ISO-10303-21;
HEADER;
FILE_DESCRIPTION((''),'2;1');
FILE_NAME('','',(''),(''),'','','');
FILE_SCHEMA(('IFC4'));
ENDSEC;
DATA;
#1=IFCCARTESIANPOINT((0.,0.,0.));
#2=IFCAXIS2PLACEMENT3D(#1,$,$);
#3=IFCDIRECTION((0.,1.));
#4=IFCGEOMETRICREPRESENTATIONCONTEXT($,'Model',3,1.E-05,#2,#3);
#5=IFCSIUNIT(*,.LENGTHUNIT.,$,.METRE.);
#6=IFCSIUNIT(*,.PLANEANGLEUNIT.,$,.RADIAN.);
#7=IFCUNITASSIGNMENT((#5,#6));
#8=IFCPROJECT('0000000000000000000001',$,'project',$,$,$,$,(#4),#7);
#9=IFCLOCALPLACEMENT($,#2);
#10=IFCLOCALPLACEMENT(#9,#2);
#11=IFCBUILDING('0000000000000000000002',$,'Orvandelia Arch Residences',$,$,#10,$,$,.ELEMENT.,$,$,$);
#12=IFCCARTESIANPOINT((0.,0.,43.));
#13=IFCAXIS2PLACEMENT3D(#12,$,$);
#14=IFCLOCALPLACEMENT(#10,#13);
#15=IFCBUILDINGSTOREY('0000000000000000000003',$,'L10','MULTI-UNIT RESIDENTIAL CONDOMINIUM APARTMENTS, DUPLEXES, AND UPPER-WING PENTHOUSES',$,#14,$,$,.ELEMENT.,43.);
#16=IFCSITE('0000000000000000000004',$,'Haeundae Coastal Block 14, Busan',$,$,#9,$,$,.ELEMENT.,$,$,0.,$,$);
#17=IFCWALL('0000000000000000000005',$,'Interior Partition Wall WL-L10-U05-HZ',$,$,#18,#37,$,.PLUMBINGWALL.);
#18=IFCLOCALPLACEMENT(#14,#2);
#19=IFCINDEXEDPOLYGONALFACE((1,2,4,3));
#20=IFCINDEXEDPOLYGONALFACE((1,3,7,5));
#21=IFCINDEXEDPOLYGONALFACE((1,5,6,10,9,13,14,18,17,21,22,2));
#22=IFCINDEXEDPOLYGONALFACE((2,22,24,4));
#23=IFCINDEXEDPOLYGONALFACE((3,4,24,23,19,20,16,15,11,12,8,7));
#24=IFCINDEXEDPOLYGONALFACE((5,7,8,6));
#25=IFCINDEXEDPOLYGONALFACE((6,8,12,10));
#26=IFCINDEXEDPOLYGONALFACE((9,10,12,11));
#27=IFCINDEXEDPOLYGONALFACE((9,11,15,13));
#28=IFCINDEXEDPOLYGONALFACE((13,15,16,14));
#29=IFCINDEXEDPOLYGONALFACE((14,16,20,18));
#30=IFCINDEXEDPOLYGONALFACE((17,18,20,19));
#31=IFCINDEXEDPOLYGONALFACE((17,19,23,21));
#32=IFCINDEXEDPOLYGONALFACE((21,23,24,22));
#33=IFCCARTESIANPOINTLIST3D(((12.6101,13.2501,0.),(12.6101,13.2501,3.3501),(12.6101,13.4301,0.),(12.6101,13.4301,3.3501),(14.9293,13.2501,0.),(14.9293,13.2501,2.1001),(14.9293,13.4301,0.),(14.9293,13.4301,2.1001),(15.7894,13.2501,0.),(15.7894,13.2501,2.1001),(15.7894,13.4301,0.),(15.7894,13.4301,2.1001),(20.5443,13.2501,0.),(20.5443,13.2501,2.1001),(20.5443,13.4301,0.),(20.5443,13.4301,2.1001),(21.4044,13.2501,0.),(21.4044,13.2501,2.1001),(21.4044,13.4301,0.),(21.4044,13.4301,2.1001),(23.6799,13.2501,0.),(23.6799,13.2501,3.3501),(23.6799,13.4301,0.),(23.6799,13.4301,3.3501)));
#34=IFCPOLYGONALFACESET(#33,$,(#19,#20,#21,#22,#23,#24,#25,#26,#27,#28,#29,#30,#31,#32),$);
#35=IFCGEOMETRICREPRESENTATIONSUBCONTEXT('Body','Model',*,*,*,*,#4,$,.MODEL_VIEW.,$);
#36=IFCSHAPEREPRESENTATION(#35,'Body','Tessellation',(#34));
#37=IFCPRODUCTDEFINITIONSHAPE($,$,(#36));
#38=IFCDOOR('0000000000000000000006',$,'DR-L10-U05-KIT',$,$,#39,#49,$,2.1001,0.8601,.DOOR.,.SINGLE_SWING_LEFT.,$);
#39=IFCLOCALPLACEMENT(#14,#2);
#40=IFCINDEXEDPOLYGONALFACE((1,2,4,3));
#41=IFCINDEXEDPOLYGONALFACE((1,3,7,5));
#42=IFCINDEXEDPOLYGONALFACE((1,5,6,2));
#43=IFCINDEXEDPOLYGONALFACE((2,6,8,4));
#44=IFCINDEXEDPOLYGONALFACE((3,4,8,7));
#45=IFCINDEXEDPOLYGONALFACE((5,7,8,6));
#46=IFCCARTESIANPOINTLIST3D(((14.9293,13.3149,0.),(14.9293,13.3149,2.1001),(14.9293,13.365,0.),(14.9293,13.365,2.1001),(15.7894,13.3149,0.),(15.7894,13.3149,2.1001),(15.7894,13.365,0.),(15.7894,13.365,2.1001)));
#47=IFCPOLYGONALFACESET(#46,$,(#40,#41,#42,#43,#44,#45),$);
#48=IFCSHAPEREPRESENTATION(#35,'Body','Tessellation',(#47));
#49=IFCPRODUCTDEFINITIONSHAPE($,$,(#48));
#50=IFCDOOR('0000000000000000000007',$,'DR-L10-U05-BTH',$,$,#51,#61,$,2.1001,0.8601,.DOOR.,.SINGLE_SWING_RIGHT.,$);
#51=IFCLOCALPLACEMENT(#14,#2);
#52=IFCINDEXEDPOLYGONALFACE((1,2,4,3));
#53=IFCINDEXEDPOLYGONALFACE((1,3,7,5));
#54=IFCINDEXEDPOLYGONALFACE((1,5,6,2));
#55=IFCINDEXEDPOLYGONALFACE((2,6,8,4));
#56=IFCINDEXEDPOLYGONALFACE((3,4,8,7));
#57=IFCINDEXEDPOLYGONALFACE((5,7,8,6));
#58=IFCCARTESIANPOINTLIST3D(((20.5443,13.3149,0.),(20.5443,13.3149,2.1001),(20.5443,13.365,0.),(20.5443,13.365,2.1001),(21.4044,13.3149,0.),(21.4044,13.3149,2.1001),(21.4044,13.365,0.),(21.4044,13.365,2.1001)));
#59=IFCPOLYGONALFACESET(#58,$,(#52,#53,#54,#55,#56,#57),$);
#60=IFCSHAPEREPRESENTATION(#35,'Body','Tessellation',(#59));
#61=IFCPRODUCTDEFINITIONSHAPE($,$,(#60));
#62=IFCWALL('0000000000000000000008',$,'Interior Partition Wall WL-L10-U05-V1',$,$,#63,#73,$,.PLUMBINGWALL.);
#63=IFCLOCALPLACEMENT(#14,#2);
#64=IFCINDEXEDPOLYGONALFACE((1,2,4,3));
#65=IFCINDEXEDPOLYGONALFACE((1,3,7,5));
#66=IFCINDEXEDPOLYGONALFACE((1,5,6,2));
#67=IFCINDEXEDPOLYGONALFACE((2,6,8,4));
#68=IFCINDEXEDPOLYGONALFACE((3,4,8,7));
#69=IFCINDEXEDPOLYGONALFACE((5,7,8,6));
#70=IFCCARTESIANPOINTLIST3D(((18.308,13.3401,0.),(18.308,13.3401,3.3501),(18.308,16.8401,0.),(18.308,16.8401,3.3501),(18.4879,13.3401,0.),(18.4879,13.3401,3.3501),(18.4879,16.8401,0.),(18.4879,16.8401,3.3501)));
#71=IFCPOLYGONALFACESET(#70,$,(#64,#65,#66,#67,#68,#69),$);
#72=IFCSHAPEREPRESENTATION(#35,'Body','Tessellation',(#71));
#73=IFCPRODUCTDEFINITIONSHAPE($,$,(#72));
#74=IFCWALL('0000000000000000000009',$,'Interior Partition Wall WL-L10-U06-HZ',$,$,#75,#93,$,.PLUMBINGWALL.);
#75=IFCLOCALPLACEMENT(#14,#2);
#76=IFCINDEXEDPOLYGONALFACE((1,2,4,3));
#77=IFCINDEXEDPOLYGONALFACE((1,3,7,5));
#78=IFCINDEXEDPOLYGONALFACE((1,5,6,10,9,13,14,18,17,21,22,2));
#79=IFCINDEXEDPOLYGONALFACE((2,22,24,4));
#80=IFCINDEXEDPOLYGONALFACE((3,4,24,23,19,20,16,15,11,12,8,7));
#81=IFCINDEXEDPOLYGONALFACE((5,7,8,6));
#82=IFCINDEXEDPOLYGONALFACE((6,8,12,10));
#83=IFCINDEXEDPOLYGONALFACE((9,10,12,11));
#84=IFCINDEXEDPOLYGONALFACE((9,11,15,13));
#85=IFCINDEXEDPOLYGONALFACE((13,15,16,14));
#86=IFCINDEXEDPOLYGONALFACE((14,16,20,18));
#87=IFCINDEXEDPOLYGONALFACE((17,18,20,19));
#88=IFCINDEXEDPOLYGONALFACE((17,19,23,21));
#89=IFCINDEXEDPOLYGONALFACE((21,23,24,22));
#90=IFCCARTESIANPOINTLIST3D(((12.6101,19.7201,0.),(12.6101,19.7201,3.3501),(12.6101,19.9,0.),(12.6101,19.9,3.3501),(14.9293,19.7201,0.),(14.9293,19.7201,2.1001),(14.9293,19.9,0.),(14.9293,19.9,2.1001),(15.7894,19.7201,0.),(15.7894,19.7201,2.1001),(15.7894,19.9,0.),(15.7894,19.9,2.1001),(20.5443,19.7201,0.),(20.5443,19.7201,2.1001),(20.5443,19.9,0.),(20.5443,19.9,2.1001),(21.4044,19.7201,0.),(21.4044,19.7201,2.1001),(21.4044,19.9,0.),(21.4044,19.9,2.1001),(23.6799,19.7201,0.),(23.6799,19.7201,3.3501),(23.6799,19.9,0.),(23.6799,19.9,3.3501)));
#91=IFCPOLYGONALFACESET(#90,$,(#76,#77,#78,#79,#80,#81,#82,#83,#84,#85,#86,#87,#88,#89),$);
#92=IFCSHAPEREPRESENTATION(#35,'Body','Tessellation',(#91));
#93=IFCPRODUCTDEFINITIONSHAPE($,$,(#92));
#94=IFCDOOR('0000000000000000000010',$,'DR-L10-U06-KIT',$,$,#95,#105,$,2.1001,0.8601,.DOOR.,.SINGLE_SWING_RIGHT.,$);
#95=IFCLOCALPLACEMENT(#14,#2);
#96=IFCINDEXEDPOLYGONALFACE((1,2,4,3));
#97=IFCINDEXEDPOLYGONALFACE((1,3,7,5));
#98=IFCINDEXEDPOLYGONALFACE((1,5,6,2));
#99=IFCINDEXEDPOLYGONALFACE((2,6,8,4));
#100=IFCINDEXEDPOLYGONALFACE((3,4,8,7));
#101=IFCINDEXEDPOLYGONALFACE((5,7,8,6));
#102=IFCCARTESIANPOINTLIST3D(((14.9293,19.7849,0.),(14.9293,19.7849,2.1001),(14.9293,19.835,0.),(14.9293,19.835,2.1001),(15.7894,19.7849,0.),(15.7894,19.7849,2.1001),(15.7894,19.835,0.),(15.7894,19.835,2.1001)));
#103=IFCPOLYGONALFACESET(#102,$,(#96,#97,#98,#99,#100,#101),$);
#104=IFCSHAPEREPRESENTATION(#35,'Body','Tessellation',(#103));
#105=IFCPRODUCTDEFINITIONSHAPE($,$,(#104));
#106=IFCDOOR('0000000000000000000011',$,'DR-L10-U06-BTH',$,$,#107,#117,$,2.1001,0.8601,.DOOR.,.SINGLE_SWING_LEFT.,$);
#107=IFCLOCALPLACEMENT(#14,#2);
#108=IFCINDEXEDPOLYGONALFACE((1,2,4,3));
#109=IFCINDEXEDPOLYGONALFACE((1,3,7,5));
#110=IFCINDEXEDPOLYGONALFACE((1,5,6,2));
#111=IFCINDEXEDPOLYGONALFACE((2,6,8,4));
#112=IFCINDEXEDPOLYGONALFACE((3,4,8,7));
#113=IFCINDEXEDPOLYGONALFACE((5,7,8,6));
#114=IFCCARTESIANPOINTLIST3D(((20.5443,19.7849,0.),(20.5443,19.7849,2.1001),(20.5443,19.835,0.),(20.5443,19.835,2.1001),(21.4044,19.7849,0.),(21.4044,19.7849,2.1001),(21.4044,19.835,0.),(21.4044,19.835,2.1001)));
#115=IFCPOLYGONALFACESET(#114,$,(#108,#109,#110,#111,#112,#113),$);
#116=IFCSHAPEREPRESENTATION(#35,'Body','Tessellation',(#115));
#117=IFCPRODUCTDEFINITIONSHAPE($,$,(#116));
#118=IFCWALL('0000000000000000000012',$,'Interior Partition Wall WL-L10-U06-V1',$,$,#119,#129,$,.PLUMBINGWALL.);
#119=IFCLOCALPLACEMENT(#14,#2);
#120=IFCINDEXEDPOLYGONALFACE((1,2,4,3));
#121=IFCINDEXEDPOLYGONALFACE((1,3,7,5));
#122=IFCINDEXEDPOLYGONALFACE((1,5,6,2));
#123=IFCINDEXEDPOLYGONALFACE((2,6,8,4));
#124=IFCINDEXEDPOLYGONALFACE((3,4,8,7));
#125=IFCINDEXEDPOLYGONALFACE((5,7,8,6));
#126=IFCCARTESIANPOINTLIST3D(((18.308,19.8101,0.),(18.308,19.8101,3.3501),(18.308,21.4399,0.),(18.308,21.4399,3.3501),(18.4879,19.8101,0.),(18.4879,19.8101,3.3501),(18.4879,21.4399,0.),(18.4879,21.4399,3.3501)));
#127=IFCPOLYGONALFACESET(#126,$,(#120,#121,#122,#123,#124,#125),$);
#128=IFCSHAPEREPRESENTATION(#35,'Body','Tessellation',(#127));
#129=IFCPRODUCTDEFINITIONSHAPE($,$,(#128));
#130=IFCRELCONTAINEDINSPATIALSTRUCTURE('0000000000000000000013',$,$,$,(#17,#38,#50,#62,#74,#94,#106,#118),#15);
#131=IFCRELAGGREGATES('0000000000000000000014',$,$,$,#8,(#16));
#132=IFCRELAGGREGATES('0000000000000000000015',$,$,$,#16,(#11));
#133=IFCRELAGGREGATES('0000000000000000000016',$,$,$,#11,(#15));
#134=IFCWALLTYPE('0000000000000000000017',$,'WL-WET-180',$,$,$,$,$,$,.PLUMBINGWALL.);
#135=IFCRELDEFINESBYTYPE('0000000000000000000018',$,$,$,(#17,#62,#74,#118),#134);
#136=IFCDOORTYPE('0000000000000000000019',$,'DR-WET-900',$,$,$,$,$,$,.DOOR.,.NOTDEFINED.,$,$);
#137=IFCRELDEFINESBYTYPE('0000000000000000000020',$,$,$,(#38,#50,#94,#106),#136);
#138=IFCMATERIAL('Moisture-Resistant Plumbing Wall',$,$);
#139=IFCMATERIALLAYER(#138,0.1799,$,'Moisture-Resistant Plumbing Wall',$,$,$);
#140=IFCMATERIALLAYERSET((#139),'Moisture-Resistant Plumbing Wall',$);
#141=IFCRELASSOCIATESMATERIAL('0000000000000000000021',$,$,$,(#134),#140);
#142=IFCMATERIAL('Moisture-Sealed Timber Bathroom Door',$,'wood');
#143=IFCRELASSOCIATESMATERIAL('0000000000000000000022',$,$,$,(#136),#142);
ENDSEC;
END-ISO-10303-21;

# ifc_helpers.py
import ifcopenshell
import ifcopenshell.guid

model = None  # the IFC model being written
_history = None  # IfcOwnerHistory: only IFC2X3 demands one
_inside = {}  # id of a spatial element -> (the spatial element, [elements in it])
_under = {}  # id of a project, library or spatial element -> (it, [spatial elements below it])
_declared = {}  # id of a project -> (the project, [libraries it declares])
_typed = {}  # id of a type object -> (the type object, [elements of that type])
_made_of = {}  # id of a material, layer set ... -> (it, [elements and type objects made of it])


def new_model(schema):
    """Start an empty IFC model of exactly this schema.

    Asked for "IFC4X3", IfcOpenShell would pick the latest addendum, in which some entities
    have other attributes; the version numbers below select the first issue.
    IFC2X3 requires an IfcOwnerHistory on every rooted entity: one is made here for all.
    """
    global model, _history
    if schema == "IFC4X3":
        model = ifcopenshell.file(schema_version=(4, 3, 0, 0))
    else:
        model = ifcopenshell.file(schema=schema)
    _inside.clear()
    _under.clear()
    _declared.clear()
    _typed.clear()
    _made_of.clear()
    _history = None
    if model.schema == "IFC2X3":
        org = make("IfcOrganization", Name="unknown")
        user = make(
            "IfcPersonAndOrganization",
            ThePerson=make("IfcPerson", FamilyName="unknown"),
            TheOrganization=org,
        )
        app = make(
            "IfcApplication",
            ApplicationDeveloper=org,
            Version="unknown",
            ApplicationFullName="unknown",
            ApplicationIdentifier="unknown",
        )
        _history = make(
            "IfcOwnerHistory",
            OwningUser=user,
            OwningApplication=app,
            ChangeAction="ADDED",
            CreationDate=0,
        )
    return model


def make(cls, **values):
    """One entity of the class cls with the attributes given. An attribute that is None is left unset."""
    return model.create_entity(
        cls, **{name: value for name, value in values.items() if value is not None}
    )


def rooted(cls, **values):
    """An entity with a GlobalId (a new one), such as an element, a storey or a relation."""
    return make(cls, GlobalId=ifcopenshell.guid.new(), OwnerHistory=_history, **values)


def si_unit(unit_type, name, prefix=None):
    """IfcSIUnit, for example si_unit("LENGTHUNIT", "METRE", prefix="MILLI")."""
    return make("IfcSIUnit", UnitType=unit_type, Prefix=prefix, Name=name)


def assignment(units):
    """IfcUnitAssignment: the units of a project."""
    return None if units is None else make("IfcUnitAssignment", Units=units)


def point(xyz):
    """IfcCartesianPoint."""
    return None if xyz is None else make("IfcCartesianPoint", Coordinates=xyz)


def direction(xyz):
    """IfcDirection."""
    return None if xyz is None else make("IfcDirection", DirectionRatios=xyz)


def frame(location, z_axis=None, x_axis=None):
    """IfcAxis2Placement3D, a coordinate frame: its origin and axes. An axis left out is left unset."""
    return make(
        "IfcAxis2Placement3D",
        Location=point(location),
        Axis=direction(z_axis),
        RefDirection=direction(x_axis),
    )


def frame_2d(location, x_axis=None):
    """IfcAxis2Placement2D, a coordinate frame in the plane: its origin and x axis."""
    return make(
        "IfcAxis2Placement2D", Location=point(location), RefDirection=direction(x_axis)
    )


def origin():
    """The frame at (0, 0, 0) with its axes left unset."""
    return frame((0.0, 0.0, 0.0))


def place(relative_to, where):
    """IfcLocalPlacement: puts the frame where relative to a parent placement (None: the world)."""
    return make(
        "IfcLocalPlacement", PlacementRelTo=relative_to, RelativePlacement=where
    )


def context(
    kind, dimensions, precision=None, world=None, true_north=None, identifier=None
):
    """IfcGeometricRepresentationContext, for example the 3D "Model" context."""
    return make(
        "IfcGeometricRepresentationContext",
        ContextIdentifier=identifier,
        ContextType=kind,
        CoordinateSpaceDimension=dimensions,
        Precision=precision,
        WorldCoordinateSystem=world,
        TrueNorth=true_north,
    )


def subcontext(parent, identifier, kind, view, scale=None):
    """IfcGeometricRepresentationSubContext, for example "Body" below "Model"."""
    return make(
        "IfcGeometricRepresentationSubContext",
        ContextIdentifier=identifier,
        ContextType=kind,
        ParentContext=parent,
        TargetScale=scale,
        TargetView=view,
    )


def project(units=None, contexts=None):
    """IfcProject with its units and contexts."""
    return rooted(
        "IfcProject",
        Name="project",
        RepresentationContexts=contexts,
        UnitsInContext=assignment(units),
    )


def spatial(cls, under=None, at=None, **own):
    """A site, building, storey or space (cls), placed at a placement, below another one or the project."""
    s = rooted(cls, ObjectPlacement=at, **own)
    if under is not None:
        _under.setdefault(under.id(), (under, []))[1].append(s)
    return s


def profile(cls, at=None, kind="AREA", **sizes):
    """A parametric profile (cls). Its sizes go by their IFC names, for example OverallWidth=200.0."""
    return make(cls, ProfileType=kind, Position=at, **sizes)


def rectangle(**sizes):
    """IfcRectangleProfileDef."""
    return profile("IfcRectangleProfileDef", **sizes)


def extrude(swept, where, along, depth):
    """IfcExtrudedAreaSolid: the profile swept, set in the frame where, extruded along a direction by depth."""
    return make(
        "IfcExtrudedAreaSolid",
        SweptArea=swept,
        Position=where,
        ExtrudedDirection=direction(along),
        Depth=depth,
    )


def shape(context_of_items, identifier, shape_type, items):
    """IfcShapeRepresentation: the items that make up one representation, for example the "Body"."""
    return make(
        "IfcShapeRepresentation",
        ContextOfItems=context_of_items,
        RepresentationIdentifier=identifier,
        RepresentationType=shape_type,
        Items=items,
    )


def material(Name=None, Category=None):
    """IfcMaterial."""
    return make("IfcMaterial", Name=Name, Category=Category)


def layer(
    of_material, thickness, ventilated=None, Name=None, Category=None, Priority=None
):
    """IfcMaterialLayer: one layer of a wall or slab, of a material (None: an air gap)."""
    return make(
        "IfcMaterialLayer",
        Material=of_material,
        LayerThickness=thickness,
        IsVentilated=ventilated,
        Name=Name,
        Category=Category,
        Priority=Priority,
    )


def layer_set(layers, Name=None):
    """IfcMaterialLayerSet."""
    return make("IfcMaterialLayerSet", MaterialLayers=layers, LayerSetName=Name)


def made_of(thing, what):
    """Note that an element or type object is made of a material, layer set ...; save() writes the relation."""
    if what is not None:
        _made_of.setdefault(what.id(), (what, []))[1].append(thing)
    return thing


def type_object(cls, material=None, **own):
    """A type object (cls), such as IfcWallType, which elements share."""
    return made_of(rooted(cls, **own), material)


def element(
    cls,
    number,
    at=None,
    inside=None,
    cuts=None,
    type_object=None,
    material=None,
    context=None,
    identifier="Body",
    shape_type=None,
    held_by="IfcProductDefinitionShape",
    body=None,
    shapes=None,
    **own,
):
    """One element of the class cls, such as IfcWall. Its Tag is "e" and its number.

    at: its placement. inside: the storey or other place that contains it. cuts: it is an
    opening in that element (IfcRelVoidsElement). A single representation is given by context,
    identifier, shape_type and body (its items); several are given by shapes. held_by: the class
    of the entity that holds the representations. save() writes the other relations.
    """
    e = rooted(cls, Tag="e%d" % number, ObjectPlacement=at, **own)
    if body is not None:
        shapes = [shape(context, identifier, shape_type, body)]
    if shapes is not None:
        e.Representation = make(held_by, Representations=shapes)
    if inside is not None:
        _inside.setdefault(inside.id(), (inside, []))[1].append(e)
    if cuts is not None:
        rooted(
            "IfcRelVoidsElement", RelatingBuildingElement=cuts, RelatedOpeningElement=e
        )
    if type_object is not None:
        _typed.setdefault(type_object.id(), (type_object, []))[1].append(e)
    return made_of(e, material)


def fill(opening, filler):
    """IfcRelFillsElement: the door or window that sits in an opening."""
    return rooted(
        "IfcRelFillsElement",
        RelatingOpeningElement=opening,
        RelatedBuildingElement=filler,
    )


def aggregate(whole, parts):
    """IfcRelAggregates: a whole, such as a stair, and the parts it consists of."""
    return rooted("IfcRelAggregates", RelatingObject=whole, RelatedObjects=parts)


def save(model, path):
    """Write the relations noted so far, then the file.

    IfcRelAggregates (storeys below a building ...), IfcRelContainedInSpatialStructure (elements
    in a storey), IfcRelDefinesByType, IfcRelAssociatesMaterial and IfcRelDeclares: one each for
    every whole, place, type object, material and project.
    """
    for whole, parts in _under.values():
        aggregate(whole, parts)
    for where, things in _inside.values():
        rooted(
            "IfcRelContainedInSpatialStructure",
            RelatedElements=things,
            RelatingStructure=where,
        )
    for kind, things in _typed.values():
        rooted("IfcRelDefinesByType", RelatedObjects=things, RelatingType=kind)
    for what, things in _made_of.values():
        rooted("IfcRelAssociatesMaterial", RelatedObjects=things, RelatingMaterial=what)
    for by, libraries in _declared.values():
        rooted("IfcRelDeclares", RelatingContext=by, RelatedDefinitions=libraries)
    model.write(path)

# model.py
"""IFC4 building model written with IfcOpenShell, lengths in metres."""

from ifc_helpers import new_model, si_unit, direction, frame, frame_2d, origin, place, context, subcontext, project, spatial, rectangle, extrude, material, layer, layer_set, type_object, element, fill, save


model = new_model("IFC4")

# Units and contexts
model_context = context("Model", 3, precision=1e-05, world=origin(), true_north=direction((0.0, 1.0)))
body_context = subcontext(model_context, "Body", "Model", "MODEL_VIEW")
ifc_project = project(units=[si_unit("LENGTHUNIT", "METRE"), si_unit("PLANEANGLEUNIT", "RADIAN")], contexts=[model_context])

# Site, building, storey
site_placement = place(None, origin())
site = spatial("IfcSite", under=ifc_project, at=site_placement, Name="Haeundae Coastal Block 14, Busan", CompositionType="ELEMENT", RefElevation=0.0)
building_placement = place(site_placement, origin())
building = spatial("IfcBuilding", under=site, at=building_placement, Name="Orvandelia Arch Residences", CompositionType="ELEMENT")
storey_placement = place(building_placement, frame((0.0, 0.0, 43.0)))
storey = spatial("IfcBuildingStorey", under=building, at=storey_placement, Name="L10", Description="MULTI-UNIT RESIDENTIAL CONDOMINIUM APARTMENTS, DUPLEXES, AND UPPER-WING PENTHOUSES", CompositionType="ELEMENT", Elevation=43.0)

# Shared definitions
ifc_material_1 = material(Name="Moisture-Resistant Plumbing Wall")
ifc_layer_1 = layer(ifc_material_1, 0.1799, Name="Moisture-Resistant Plumbing Wall")
ifc_layer_set_1 = layer_set([ifc_layer_1], Name="Moisture-Resistant Plumbing Wall")
wall_type_1 = type_object("IfcWallType", Name="WL-WET-180", PredefinedType="PLUMBINGWALL", material=ifc_layer_set_1)

# Wall, openings, doors
wall_1_placement = place(storey_placement, frame((12.6101, 13.3401, 0.0), z_axis=(0.0, 0.0, 1.0), x_axis=(1.0, 0.0, 0.0)))
wall_1 = element("IfcWall", 1, at=wall_1_placement, inside=storey, type_object=wall_type_1, Name="Interior Partition Wall WL-L10-U05-HZ", PredefinedType="PLUMBINGWALL", context=body_context, shape_type="SweptSolid", body=[
    extrude(rectangle(XDim=11.0698, YDim=0.1799, at=frame_2d((5.5349, 0.0))), origin(), (0.0, 0.0, 1.0), 3.3501),
])
opening_1_placement = place(wall_1_placement, frame((2.3191, 0.0, 0.0)))
opening_1 = element("IfcOpeningElement", 2, at=opening_1_placement, cuts=wall_1, PredefinedType="OPENING", context=body_context, shape_type="SweptSolid", body=[
    extrude(rectangle(XDim=0.8601, YDim=2.1001, at=frame_2d((0.4302, 1.05))), frame((0.0, 0.1001, 0.0), z_axis=(0.0, -1.0, 0.0), x_axis=(1.0, 0.0, 0.0)), (0.0, 0.0, 1.0), 0.2),
])
opening_2_placement = place(wall_1_placement, frame((7.9341, 0.0, 0.0)))
opening_2 = element("IfcOpeningElement", 3, at=opening_2_placement, cuts=wall_1, PredefinedType="OPENING", context=body_context, shape_type="SweptSolid", body=[
    extrude(rectangle(XDim=0.8601, YDim=2.1001, at=frame_2d((0.4302, 1.05))), frame((0.0, 0.1001, 0.0), z_axis=(0.0, -1.0, 0.0), x_axis=(1.0, 0.0, 0.0)), (0.0, 0.0, 1.0), 0.2),
])
ifc_material_2 = material(Name="Moisture-Sealed Timber Bathroom Door", Category="wood")
door_type_1 = type_object("IfcDoorType", Name="DR-WET-900", OperationType="NOTDEFINED", PredefinedType="DOOR", material=ifc_material_2)
door_1_placement = place(opening_1_placement, origin())
door_1 = element("IfcDoor", 4, at=door_1_placement, inside=storey, type_object=door_type_1, Name="DR-L10-U05-KIT", OperationType="SINGLE_SWING_LEFT", OverallHeight=2.1001, OverallWidth=0.8601, PredefinedType="DOOR", context=body_context, shape_type="SweptSolid", body=[
    extrude(rectangle(XDim=0.8601, YDim=2.1001, at=frame_2d((0.4302, 1.05))), frame((0.0, 0.0249, 0.0), z_axis=(0.0, -1.0, 0.0), x_axis=(1.0, 0.0, 0.0)), (0.0, 0.0, 1.0), 0.05),
])
fill(opening_1, door_1)
door_2_placement = place(opening_2_placement, origin())
door_2 = element("IfcDoor", 5, at=door_2_placement, inside=storey, type_object=door_type_1, Name="DR-L10-U05-BTH", OperationType="SINGLE_SWING_RIGHT", OverallHeight=2.1001, OverallWidth=0.8601, PredefinedType="DOOR", context=body_context, shape_type="SweptSolid", body=[
    extrude(rectangle(XDim=0.8601, YDim=2.1001, at=frame_2d((0.4302, 1.05))), frame((0.0, 0.0249, 0.0), z_axis=(0.0, -1.0, 0.0), x_axis=(1.0, 0.0, 0.0)), (0.0, 0.0, 1.0), 0.05),
])
fill(opening_2, door_2)

# Wall
wall_2_placement = place(storey_placement, frame((18.3979, 13.3401, 0.0), z_axis=(0.0, 0.0, 1.0), x_axis=(0.0, 1.0, 0.0)))
element("IfcWall", 6, at=wall_2_placement, inside=storey, type_object=wall_type_1, Name="Interior Partition Wall WL-L10-U05-V1", PredefinedType="PLUMBINGWALL", context=body_context, shape_type="SweptSolid", body=[
    extrude(rectangle(XDim=3.5, YDim=0.1799, at=frame_2d((1.75, 0.0))), origin(), (0.0, 0.0, 1.0), 3.3501),
])

# Wall, openings, doors
wall_3_placement = place(storey_placement, frame((12.6101, 19.8101, 0.0), z_axis=(0.0, 0.0, 1.0), x_axis=(1.0, 0.0, 0.0)))
wall_3 = element("IfcWall", 7, at=wall_3_placement, inside=storey, type_object=wall_type_1, Name="Interior Partition Wall WL-L10-U06-HZ", PredefinedType="PLUMBINGWALL", context=body_context, shape_type="SweptSolid", body=[
    extrude(rectangle(XDim=11.0698, YDim=0.1799, at=frame_2d((5.5349, 0.0))), origin(), (0.0, 0.0, 1.0), 3.3501),
])
opening_3_placement = place(wall_3_placement, frame((2.3191, 0.0, 0.0)))
opening_3 = element("IfcOpeningElement", 8, at=opening_3_placement, cuts=wall_3, PredefinedType="OPENING", context=body_context, shape_type="SweptSolid", body=[
    extrude(rectangle(XDim=0.8601, YDim=2.1001, at=frame_2d((0.4302, 1.05))), frame((0.0, 0.1001, 0.0), z_axis=(0.0, -1.0, 0.0), x_axis=(1.0, 0.0, 0.0)), (0.0, 0.0, 1.0), 0.2),
])
opening_4_placement = place(wall_3_placement, frame((7.9341, 0.0, 0.0)))
opening_4 = element("IfcOpeningElement", 9, at=opening_4_placement, cuts=wall_3, PredefinedType="OPENING", context=body_context, shape_type="SweptSolid", body=[
    extrude(rectangle(XDim=0.8601, YDim=2.1001, at=frame_2d((0.4302, 1.05))), frame((0.0, 0.1001, 0.0), z_axis=(0.0, -1.0, 0.0), x_axis=(1.0, 0.0, 0.0)), (0.0, 0.0, 1.0), 0.2),
])
door_3_placement = place(opening_3_placement, origin())
door_3 = element("IfcDoor", 10, at=door_3_placement, inside=storey, type_object=door_type_1, Name="DR-L10-U06-KIT", OperationType="SINGLE_SWING_RIGHT", OverallHeight=2.1001, OverallWidth=0.8601, PredefinedType="DOOR", context=body_context, shape_type="SweptSolid", body=[
    extrude(rectangle(XDim=0.8601, YDim=2.1001, at=frame_2d((0.4302, 1.05))), frame((0.0, 0.0249, 0.0), z_axis=(0.0, -1.0, 0.0), x_axis=(1.0, 0.0, 0.0)), (0.0, 0.0, 1.0), 0.05),
])
fill(opening_3, door_3)
door_4_placement = place(opening_4_placement, origin())
door_4 = element("IfcDoor", 11, at=door_4_placement, inside=storey, type_object=door_type_1, Name="DR-L10-U06-BTH", OperationType="SINGLE_SWING_LEFT", OverallHeight=2.1001, OverallWidth=0.8601, PredefinedType="DOOR", context=body_context, shape_type="SweptSolid", body=[
    extrude(rectangle(XDim=0.8601, YDim=2.1001, at=frame_2d((0.4302, 1.05))), frame((0.0, 0.0249, 0.0), z_axis=(0.0, -1.0, 0.0), x_axis=(1.0, 0.0, 0.0)), (0.0, 0.0, 1.0), 0.05),
])
fill(opening_4, door_4)

# Wall
wall_4_placement = place(storey_placement, frame((18.3979, 19.8101, 0.0), z_axis=(0.0, 0.0, 1.0), x_axis=(0.0, 1.0, 0.0)))
element("IfcWall", 12, at=wall_4_placement, inside=storey, type_object=wall_type_1, Name="Interior Partition Wall WL-L10-U06-V1", PredefinedType="PLUMBINGWALL", context=body_context, shape_type="SweptSolid", body=[
    extrude(rectangle(XDim=1.6299, YDim=0.1799, at=frame_2d((0.8149, 0.0))), origin(), (0.0, 0.0, 1.0), 3.3501),
])

save(model, "model.ifc")
